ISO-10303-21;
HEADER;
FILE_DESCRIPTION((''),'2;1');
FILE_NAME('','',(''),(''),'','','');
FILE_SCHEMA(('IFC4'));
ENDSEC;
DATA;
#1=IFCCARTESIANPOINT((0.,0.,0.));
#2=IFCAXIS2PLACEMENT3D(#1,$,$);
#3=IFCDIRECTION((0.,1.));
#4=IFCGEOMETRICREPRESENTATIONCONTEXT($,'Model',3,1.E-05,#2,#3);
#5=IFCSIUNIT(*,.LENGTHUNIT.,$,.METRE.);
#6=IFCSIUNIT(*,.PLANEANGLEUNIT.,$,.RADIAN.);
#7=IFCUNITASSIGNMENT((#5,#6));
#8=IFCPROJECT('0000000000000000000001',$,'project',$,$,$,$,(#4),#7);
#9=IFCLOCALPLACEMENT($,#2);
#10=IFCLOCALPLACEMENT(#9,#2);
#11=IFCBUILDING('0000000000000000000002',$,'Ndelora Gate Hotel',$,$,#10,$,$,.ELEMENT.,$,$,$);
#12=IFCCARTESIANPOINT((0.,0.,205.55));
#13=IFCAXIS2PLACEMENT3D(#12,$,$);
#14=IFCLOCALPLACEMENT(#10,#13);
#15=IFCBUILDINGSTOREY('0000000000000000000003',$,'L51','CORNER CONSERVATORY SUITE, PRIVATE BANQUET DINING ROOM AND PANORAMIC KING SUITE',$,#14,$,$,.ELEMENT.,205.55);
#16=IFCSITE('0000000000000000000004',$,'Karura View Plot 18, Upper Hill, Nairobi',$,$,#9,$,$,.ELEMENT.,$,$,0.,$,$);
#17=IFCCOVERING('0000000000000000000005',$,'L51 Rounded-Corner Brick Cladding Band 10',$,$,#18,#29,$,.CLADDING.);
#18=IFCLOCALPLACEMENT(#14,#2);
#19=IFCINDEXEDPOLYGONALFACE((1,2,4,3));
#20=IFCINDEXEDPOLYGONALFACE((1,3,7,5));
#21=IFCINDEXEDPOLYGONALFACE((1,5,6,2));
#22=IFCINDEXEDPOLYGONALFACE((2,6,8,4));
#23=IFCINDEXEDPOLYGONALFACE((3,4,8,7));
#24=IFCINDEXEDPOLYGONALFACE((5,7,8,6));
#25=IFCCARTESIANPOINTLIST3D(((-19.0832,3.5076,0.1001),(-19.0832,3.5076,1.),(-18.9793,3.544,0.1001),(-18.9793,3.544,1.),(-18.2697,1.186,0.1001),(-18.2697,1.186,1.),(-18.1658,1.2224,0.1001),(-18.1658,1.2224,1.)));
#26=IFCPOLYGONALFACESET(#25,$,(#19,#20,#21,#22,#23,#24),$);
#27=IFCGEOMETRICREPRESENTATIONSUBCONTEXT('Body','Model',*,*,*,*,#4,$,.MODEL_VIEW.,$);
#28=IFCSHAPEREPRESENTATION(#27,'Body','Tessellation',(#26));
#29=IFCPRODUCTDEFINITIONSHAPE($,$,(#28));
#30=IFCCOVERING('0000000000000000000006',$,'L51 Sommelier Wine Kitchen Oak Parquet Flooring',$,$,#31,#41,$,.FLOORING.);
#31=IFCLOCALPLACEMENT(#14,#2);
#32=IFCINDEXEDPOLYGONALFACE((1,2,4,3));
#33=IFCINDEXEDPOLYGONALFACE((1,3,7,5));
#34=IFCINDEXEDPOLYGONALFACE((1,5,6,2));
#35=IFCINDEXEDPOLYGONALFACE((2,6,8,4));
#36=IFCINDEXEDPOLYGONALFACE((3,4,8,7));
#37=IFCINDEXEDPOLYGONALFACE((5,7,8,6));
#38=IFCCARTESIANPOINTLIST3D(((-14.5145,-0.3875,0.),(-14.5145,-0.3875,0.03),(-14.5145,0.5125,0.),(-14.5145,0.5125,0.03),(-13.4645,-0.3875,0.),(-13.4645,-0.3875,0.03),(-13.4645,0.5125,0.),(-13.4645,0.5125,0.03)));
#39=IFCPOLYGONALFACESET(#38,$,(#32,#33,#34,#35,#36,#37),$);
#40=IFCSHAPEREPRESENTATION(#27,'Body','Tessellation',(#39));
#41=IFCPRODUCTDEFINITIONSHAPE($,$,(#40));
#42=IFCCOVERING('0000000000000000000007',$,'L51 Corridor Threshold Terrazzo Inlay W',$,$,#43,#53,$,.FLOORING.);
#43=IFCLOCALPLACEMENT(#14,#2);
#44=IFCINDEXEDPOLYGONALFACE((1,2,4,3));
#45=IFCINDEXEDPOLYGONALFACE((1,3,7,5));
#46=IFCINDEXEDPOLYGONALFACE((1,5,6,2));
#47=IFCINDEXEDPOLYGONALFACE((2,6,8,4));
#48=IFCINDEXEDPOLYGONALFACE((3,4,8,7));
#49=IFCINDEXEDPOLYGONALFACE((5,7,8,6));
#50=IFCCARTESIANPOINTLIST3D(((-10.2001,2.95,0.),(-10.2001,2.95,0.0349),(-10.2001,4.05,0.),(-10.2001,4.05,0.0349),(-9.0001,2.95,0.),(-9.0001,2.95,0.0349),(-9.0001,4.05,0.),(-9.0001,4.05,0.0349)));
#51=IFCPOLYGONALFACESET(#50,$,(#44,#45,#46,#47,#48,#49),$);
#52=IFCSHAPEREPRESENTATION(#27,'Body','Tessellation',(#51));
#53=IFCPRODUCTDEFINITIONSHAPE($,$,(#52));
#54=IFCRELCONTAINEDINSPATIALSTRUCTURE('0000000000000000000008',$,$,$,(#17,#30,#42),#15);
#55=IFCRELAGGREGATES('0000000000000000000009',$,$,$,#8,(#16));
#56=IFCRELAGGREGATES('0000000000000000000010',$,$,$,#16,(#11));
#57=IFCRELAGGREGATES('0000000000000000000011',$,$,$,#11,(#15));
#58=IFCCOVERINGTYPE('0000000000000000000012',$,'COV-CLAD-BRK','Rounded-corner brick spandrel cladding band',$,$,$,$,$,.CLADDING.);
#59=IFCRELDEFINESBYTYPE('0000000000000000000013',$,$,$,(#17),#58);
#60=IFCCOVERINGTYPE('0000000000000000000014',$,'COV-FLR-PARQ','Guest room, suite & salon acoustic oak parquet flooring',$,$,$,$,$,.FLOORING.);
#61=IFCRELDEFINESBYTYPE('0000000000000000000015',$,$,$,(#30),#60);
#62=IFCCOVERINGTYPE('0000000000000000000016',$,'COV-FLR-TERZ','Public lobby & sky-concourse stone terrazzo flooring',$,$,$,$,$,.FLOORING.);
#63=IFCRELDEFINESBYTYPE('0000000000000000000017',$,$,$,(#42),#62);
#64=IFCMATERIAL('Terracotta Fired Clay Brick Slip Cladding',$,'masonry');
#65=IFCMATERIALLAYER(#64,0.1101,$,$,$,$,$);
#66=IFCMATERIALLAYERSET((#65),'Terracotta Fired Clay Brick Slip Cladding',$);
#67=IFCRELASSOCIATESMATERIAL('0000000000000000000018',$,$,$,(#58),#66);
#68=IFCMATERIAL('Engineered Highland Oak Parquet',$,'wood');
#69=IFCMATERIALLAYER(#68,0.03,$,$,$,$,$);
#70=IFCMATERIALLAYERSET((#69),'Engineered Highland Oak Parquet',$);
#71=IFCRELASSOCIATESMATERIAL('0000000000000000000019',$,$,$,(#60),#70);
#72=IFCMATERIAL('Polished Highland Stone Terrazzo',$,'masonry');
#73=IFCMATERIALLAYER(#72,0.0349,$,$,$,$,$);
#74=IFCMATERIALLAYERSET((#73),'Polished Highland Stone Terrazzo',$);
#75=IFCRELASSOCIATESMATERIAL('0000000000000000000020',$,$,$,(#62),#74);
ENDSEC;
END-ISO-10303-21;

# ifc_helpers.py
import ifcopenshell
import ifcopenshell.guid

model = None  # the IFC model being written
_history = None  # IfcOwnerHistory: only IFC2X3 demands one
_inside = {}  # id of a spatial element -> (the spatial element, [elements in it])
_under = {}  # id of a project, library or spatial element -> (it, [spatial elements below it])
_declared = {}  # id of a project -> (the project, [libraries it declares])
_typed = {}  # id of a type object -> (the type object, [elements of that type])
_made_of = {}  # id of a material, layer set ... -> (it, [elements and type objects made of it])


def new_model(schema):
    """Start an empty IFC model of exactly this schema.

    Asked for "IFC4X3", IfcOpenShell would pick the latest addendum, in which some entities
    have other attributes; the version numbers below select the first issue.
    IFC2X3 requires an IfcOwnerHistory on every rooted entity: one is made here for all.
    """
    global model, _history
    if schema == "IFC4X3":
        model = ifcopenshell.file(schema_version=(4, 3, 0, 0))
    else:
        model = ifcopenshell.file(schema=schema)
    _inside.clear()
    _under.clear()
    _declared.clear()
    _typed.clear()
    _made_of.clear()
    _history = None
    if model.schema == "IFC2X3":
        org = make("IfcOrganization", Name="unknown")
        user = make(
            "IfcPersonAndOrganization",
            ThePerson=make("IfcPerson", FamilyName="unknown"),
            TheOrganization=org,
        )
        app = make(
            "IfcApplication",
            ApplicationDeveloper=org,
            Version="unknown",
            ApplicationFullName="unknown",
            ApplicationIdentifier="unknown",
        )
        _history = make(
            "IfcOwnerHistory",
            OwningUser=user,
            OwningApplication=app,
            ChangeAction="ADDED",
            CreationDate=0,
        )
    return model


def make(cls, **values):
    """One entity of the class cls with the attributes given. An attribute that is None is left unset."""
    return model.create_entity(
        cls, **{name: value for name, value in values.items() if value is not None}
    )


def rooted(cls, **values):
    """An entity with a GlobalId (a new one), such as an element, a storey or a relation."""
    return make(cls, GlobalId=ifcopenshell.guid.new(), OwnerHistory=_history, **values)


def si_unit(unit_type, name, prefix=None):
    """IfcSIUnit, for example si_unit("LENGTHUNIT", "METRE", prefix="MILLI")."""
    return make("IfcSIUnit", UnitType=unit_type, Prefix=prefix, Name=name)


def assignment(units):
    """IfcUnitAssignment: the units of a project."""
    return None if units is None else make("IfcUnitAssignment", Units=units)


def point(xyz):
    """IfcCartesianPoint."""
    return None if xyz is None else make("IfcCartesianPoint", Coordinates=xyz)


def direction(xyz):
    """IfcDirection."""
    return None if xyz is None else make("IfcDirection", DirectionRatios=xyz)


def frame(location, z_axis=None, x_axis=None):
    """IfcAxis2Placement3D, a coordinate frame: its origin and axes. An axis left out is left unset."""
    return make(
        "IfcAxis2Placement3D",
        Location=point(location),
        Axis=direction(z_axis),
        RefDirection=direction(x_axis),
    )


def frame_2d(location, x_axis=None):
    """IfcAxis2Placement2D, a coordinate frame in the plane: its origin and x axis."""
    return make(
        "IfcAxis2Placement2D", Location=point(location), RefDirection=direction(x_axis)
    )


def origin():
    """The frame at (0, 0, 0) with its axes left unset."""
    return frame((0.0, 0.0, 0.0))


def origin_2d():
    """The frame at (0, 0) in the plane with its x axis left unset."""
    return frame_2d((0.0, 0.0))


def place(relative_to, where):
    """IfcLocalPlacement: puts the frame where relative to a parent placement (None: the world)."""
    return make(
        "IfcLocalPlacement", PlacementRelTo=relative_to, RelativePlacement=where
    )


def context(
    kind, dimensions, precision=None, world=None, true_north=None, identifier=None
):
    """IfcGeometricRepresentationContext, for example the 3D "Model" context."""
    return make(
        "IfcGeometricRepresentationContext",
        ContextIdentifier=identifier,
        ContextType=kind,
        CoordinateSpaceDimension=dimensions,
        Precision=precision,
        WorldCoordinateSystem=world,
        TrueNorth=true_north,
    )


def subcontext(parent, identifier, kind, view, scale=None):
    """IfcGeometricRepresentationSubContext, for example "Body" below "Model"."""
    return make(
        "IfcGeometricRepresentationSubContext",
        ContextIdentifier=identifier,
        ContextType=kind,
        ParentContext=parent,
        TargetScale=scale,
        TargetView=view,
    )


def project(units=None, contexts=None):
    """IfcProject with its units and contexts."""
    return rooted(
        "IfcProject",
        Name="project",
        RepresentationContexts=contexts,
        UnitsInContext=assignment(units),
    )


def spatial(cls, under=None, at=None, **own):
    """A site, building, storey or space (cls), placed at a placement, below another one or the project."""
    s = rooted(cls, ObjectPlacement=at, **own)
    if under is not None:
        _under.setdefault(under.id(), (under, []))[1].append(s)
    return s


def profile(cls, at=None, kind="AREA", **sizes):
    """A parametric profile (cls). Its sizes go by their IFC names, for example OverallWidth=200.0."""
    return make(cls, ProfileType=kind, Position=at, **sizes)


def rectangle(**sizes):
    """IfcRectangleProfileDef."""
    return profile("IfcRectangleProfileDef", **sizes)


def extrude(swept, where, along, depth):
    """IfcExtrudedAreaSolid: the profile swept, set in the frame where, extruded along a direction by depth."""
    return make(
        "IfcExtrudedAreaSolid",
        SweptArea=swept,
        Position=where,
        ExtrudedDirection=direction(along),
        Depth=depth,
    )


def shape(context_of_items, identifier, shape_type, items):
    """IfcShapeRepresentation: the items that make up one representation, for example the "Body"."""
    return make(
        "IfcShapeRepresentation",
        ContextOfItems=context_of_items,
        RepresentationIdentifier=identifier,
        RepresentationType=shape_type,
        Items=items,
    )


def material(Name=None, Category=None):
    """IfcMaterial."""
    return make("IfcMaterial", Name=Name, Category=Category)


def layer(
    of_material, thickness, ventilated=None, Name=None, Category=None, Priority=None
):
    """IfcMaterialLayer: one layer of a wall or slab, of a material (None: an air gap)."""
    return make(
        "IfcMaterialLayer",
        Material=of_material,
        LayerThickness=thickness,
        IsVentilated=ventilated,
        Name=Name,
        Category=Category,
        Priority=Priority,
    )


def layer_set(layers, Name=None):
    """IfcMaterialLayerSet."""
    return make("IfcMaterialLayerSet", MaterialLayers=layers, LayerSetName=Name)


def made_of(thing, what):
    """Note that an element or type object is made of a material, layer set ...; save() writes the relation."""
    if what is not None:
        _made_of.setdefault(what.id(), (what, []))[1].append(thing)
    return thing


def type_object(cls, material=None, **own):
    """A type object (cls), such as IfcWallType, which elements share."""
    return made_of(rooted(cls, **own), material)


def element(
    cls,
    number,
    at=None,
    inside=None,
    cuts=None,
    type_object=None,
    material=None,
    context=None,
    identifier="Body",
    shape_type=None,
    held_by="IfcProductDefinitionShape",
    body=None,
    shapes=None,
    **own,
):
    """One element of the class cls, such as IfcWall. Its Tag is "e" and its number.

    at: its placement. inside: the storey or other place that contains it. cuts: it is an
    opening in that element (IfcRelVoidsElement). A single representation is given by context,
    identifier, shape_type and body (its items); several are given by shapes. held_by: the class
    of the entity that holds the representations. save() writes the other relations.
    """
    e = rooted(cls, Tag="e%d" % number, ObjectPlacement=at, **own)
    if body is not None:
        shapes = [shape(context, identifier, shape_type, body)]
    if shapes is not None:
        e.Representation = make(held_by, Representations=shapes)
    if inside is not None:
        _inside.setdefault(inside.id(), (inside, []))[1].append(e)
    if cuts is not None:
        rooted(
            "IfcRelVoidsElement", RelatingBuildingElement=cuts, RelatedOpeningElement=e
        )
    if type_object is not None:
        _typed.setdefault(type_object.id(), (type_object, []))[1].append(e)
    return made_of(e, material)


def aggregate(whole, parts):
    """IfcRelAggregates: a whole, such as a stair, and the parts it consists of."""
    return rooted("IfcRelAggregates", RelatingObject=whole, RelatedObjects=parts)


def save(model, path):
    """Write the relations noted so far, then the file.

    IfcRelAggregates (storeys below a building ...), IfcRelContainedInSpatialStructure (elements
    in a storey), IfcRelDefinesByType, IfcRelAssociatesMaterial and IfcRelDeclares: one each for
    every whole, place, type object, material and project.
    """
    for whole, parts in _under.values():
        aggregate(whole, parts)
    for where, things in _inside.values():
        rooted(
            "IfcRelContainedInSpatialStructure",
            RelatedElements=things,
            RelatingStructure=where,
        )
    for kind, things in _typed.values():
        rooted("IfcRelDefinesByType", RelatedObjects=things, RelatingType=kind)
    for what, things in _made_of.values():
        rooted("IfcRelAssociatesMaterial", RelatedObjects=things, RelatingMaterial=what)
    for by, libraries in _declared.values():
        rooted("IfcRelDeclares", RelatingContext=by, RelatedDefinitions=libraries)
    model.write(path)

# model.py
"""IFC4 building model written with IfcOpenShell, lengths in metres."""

from ifc_helpers import new_model, si_unit, direction, frame, origin, origin_2d, place, context, subcontext, project, spatial, rectangle, extrude, material, layer, layer_set, type_object, element, save


model = new_model("IFC4")

# Units and contexts
model_context = context("Model", 3, precision=1e-05, world=origin(), true_north=direction((0.0, 1.0)))
body_context = subcontext(model_context, "Body", "Model", "MODEL_VIEW")
ifc_project = project(units=[si_unit("LENGTHUNIT", "METRE"), si_unit("PLANEANGLEUNIT", "RADIAN")], contexts=[model_context])

# Site, building, storey
site_placement = place(None, origin())
site = spatial("IfcSite", under=ifc_project, at=site_placement, Name="Karura View Plot 18, Upper Hill, Nairobi", CompositionType="ELEMENT", RefElevation=0.0)
building_placement = place(site_placement, origin())
building = spatial("IfcBuilding", under=site, at=building_placement, Name="Ndelora Gate Hotel", CompositionType="ELEMENT")
storey_placement = place(building_placement, frame((0.0, 0.0, 205.55)))
storey = spatial("IfcBuildingStorey", under=building, at=storey_placement, Name="L51", Description="CORNER CONSERVATORY SUITE, PRIVATE BANQUET DINING ROOM AND PANORAMIC KING SUITE", CompositionType="ELEMENT", Elevation=205.55)

# Coverings
ifc_material_1 = material(Name="Terracotta Fired Clay Brick Slip Cladding", Category="masonry")
ifc_layer_1 = layer(ifc_material_1, 0.1101)
ifc_layer_set_1 = layer_set([ifc_layer_1], Name="Terracotta Fired Clay Brick Slip Cladding")
covering_type_1 = type_object("IfcCoveringType", Name="COV-CLAD-BRK", Description="Rounded-corner brick spandrel cladding band", PredefinedType="CLADDING", material=ifc_layer_set_1)
covering_1_placement = place(storey_placement, frame((-18.6245, 2.365, 0.1001), z_axis=(0.0, 0.0, 1.0), x_axis=(-0.330679, 0.943743, 0.0)))
element("IfcCovering", 1, at=covering_1_placement, inside=storey, type_object=covering_type_1, Name="L51 Rounded-Corner Brick Cladding Band 10", PredefinedType="CLADDING", context=body_context, shape_type="SweptSolid", body=[
    extrude(rectangle(XDim=2.46, YDim=0.1101, at=origin_2d()), origin(), (0.0, 0.0, 1.0), 0.8999),
])
ifc_material_2 = material(Name="Engineered Highland Oak Parquet", Category="wood")
ifc_layer_2 = layer(ifc_material_2, 0.03)
ifc_layer_set_2 = layer_set([ifc_layer_2], Name="Engineered Highland Oak Parquet")
covering_type_2 = type_object("IfcCoveringType", Name="COV-FLR-PARQ", Description="Guest room, suite & salon acoustic oak parquet flooring", PredefinedType="FLOORING", material=ifc_layer_set_2)
covering_2_placement = place(storey_placement, frame((-13.9895, 0.0625, 0.0), z_axis=(0.0, 0.0, 1.0), x_axis=(1.0, 0.0, 0.0)))
element("IfcCovering", 2, at=covering_2_placement, inside=storey, type_object=covering_type_2, Name="L51 Sommelier Wine Kitchen Oak Parquet Flooring", PredefinedType="FLOORING", context=body_context, shape_type="SweptSolid", body=[
    extrude(rectangle(XDim=1.05, YDim=0.8999, at=origin_2d()), origin(), (0.0, 0.0, 1.0), 0.03),
])
ifc_material_3 = material(Name="Polished Highland Stone Terrazzo", Category="masonry")
ifc_layer_3 = layer(ifc_material_3, 0.0349)
ifc_layer_set_3 = layer_set([ifc_layer_3], Name="Polished Highland Stone Terrazzo")
covering_type_3 = type_object("IfcCoveringType", Name="COV-FLR-TERZ", Description="Public lobby & sky-concourse stone terrazzo flooring", PredefinedType="FLOORING", material=ifc_layer_set_3)
covering_3_placement = place(storey_placement, frame((-9.6001, 3.5, 0.0), z_axis=(0.0, 0.0, 1.0), x_axis=(1.0, 0.0, 0.0)))
element("IfcCovering", 3, at=covering_3_placement, inside=storey, type_object=covering_type_3, Name="L51 Corridor Threshold Terrazzo Inlay W", PredefinedType="FLOORING", context=body_context, shape_type="SweptSolid", body=[
    extrude(rectangle(XDim=1.2, YDim=1.1001, at=origin_2d()), origin(), (0.0, 0.0, 1.0), 0.0349),
])

save(model, "model.ifc")
